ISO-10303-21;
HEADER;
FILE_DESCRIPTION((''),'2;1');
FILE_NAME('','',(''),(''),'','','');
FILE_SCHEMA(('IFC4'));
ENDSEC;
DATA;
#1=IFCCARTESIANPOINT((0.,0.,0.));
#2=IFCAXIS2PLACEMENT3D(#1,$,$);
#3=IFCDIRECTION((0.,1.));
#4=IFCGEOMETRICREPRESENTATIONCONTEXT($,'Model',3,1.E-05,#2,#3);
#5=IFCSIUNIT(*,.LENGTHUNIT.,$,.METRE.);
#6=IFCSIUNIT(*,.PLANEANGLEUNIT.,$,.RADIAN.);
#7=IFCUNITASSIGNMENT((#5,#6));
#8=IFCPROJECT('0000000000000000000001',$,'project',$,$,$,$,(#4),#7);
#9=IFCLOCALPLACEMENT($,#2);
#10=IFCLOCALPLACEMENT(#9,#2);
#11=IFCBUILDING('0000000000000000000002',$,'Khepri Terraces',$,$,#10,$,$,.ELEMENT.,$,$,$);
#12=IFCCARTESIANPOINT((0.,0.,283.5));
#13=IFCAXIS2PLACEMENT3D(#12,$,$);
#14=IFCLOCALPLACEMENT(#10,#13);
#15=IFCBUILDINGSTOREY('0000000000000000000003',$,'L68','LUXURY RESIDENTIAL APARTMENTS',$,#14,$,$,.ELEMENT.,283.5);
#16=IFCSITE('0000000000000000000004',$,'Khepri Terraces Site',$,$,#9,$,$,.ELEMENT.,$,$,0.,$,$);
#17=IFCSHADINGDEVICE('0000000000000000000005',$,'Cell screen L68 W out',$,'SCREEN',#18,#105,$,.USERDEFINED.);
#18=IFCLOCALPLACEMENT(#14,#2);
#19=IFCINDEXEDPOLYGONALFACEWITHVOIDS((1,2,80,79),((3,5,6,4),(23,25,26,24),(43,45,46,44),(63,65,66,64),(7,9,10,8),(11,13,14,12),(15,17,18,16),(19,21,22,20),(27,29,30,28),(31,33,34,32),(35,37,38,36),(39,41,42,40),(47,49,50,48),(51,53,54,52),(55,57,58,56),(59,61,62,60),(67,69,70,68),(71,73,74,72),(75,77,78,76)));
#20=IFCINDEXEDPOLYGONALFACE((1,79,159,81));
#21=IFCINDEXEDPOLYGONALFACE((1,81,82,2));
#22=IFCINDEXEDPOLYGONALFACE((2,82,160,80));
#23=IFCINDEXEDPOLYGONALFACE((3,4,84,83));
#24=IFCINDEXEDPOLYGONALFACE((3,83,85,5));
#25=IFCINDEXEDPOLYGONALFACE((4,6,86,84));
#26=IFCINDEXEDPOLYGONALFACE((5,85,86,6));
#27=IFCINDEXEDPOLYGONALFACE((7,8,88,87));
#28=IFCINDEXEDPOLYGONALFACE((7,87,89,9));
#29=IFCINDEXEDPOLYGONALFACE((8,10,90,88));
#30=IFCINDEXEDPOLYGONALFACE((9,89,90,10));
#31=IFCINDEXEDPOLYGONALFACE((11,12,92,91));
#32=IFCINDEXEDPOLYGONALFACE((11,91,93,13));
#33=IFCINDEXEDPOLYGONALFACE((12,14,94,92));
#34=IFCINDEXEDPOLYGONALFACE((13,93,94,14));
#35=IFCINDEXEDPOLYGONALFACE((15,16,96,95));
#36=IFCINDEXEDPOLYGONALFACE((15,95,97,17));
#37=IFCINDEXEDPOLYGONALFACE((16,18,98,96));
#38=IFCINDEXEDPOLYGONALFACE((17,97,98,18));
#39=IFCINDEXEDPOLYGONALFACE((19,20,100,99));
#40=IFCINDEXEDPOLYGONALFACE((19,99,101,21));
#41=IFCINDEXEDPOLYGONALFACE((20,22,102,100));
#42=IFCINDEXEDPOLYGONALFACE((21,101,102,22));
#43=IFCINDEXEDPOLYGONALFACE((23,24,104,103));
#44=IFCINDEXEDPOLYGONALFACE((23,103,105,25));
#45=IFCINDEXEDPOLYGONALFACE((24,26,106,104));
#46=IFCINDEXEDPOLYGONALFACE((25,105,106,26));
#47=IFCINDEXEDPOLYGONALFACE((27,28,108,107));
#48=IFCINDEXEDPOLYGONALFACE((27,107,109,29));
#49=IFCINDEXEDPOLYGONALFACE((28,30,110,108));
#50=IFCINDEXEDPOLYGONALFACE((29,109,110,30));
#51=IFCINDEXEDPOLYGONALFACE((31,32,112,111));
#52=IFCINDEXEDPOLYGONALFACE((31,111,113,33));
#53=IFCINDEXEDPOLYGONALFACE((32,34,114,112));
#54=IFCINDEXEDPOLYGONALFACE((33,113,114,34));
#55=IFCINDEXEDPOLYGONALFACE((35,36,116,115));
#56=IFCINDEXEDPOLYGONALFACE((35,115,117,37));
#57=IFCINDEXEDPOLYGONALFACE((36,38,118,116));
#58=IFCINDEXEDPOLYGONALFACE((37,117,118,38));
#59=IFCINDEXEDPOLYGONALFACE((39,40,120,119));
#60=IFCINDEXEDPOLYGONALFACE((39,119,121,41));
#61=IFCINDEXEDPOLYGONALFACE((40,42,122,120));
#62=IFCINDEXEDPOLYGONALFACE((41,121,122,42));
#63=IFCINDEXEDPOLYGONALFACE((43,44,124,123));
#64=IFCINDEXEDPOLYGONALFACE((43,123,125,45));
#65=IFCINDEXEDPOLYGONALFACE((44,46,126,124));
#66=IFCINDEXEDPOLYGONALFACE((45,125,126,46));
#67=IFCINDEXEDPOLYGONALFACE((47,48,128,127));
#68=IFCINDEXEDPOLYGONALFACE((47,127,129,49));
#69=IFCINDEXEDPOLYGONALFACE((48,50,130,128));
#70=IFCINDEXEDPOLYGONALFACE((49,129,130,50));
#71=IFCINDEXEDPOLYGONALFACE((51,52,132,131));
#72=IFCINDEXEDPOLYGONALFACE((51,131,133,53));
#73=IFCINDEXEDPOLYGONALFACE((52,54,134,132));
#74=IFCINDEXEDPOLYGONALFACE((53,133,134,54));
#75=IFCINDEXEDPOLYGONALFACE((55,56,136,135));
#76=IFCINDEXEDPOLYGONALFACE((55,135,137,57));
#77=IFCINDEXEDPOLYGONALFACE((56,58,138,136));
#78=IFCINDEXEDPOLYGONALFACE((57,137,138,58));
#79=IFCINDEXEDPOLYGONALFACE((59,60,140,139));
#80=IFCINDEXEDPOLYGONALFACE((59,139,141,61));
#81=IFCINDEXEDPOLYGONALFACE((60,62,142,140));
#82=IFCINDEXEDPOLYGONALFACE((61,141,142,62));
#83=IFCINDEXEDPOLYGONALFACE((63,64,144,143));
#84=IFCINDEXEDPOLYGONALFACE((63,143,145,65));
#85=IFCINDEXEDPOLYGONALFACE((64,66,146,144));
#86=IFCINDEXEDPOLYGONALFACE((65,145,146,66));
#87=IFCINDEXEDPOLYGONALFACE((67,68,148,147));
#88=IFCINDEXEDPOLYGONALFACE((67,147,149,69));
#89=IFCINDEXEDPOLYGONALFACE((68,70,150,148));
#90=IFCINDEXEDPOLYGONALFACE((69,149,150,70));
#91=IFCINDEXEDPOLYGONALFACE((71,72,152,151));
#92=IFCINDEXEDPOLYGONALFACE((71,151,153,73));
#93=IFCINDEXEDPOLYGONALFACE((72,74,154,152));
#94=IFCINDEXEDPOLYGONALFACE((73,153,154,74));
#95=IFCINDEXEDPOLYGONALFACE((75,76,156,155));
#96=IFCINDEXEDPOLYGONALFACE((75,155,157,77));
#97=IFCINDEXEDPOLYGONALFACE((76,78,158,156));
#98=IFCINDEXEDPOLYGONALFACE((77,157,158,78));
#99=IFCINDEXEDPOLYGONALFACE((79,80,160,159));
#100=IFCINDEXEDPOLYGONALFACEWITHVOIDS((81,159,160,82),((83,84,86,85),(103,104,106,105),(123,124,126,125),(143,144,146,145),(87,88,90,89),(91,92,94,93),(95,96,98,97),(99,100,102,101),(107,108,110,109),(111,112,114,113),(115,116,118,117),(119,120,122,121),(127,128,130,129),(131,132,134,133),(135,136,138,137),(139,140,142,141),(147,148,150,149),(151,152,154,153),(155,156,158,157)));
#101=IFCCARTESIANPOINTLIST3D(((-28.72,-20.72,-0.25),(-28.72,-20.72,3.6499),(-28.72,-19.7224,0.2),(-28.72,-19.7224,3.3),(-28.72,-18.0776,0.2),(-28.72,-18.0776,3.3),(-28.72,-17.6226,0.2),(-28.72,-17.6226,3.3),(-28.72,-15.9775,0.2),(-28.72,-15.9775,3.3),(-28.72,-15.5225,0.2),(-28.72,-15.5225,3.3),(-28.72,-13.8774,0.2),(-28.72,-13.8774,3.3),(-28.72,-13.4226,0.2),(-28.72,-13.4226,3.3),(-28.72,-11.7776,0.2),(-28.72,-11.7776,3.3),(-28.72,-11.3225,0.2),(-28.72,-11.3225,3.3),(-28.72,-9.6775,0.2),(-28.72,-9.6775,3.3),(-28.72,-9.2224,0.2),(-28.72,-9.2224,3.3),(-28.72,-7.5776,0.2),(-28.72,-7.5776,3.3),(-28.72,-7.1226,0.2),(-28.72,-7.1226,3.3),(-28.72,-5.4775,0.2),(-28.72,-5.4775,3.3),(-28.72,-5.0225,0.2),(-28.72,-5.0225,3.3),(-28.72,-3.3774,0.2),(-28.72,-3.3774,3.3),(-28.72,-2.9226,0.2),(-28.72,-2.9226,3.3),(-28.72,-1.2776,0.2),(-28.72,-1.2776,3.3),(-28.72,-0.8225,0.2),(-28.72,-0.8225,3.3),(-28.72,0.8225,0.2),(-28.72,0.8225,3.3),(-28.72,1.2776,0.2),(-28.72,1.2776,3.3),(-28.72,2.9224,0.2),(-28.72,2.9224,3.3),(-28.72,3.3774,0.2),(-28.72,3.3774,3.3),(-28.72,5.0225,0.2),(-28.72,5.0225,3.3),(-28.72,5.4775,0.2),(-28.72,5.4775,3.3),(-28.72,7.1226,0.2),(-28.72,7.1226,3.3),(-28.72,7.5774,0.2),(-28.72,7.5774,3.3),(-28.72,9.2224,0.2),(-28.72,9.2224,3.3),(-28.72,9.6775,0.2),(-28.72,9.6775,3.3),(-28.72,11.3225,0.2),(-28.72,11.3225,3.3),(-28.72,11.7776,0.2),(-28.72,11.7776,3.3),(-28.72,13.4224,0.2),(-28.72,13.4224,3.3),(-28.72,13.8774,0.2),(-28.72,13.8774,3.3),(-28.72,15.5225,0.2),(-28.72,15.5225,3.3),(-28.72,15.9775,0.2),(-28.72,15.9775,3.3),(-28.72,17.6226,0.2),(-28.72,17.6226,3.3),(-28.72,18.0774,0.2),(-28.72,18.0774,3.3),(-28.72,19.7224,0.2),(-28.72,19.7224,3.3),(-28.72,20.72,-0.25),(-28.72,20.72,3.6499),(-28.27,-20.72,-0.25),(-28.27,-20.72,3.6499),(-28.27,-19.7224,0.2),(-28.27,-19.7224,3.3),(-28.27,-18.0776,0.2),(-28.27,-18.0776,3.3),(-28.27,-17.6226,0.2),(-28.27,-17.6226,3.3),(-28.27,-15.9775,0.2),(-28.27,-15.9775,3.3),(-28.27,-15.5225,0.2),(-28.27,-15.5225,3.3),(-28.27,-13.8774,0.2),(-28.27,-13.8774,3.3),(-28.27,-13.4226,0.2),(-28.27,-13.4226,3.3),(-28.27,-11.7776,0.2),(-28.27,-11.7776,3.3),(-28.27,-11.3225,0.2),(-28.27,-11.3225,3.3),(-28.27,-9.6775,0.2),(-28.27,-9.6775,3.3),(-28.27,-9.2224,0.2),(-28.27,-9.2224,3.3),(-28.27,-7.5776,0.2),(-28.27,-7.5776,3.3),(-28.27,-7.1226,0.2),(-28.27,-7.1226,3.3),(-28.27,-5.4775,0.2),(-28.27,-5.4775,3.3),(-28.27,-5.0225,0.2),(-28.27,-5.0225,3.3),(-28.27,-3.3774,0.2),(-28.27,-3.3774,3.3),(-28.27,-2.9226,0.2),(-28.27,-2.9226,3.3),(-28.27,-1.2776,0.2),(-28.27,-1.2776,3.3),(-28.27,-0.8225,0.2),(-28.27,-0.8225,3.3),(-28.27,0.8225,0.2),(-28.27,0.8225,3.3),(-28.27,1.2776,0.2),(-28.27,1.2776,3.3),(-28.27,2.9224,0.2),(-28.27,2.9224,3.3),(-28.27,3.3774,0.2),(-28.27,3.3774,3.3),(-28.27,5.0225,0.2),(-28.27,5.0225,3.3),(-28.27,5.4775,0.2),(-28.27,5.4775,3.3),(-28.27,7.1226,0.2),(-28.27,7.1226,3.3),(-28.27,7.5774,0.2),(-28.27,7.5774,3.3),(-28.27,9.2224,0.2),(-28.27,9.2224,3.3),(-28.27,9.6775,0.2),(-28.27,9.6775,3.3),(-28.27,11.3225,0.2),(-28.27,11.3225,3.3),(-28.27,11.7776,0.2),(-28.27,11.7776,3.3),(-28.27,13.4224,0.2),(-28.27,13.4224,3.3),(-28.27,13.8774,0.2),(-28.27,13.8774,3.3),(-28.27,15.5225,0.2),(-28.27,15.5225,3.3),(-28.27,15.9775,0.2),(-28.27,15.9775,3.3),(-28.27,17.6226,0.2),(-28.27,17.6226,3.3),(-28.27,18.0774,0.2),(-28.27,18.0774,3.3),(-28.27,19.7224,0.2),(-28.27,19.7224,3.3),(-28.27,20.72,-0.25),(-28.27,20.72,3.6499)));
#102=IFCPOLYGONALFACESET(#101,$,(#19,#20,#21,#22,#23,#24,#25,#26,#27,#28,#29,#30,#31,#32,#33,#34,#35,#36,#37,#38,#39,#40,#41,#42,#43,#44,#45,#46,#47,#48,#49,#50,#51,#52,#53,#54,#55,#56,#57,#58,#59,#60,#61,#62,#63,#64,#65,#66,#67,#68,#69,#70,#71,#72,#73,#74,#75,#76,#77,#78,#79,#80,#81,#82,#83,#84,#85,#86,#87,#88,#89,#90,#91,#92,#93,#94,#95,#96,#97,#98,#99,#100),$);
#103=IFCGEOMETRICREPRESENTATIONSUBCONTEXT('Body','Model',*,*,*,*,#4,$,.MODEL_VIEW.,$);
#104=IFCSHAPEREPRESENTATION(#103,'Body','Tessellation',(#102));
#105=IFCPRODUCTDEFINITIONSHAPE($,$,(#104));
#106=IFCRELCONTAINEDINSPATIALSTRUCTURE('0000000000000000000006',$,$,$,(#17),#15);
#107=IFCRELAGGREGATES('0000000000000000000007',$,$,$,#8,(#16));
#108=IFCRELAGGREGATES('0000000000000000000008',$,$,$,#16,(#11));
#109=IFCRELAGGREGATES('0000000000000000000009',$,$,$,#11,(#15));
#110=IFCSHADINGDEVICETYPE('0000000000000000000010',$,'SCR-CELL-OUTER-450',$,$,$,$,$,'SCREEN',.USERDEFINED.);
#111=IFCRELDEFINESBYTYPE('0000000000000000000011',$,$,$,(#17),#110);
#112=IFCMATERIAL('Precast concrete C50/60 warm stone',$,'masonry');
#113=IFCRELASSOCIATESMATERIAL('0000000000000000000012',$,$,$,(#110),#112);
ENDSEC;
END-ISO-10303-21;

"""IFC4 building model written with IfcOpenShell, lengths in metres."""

from ifc_helpers import new_model, si_unit, direction, frame, origin, place, context, subcontext, project, spatial, polyline, outline, extrude, material, type_object, element, save


model = new_model("IFC4")

# Units and contexts
model_context = context("Model", 3, precision=1e-05, world=origin(), true_north=direction((0.0, 1.0)))
body_context = subcontext(model_context, "Body", "Model", "MODEL_VIEW")
ifc_project = project(units=[si_unit("LENGTHUNIT", "METRE"), si_unit("PLANEANGLEUNIT", "RADIAN")], contexts=[model_context])

# Site, building, storey
site_placement = place(None, origin())
site = spatial("IfcSite", under=ifc_project, at=site_placement, Name="Khepri Terraces Site", CompositionType="ELEMENT", RefElevation=0.0)
building_placement = place(site_placement, origin())
building = spatial("IfcBuilding", under=site, at=building_placement, Name="Khepri Terraces", CompositionType="ELEMENT")
storey_placement = place(building_placement, frame((0.0, 0.0, 283.5)))
storey = spatial("IfcBuildingStorey", under=building, at=storey_placement, Name="L68", Description="LUXURY RESIDENTIAL APARTMENTS", CompositionType="ELEMENT", Elevation=283.5)

# Shared definitions
ifc_material_1 = material(Name="Precast concrete C50/60 warm stone", Category="masonry")

# Shading device
shading_device_type_1 = type_object("IfcShadingDeviceType", Name="SCR-CELL-OUTER-450", ElementType="SCREEN", PredefinedType="USERDEFINED", material=ifc_material_1)
shading_device_1_placement = place(storey_placement, frame((-28.27, 20.72, -0.25), z_axis=(-1.0, 0.0, 0.0), x_axis=(0.0, -1.0, 0.0)))
element("IfcShadingDevice", 1, at=shading_device_1_placement, inside=storey, type_object=shading_device_type_1, Name="Cell screen L68 W out", ObjectType="SCREEN", PredefinedType="USERDEFINED", context=body_context, shape_type="SweptSolid", body=[
    extrude(outline(polyline([(0.0, 0.0), (41.4399, 0.0), (41.4399, 3.8999), (0.0, 3.8999), (0.0, 0.0)]), holes=[polyline([(0.9976, 0.45), (2.6426, 0.45), (2.6426, 3.55), (0.9976, 3.55), (0.9976, 0.45)]), polyline([(3.0974, 0.45), (4.7424, 0.45), (4.7424, 3.55), (3.0974, 3.55), (3.0974, 0.45)]), polyline([(5.1975, 0.45), (6.8425, 0.45), (6.8425, 3.55), (5.1975, 3.55), (5.1975, 0.45)]), polyline([(7.2976, 0.45), (8.9424, 0.45), (8.9424, 3.55), (7.2976, 3.55), (7.2976, 0.45)]), polyline([(9.3975, 0.45), (11.0425, 0.45), (11.0425, 3.55), (9.3975, 3.55), (9.3975, 0.45)]), polyline([(11.4976, 0.45), (13.1426, 0.45), (13.1426, 3.55), (11.4976, 3.55), (11.4976, 0.45)]), polyline([(13.5974, 0.45), (15.2424, 0.45), (15.2424, 3.55), (13.5974, 3.55), (13.5974, 0.45)]), polyline([(15.6975, 0.45), (17.3425, 0.45), (17.3425, 3.55), (15.6975, 3.55), (15.6975, 0.45)]), polyline([(17.7976, 0.45), (19.4424, 0.45), (19.4424, 3.55), (17.7976, 3.55), (17.7976, 0.45)]), polyline([(19.8975, 0.45), (21.5425, 0.45), (21.5425, 3.55), (19.8975, 3.55), (19.8975, 0.45)]), polyline([(21.9976, 0.45), (23.6426, 0.45), (23.6426, 3.55), (21.9976, 3.55), (21.9976, 0.45)]), polyline([(24.0974, 0.45), (25.7424, 0.45), (25.7424, 3.55), (24.0974, 3.55), (24.0974, 0.45)]), polyline([(26.1975, 0.45), (27.8425, 0.45), (27.8425, 3.55), (26.1975, 3.55), (26.1975, 0.45)]), polyline([(28.2976, 0.45), (29.9424, 0.45), (29.9424, 3.55), (28.2976, 3.55), (28.2976, 0.45)]), polyline([(30.3975, 0.45), (32.0425, 0.45), (32.0425, 3.55), (30.3975, 3.55), (30.3975, 0.45)]), polyline([(32.4976, 0.45), (34.1426, 0.45), (34.1426, 3.55), (32.4976, 3.55), (32.4976, 0.45)]), polyline([(34.5974, 0.45), (36.2424, 0.45), (36.2424, 3.55), (34.5974, 3.55), (34.5974, 0.45)]), polyline([(36.6975, 0.45), (38.3425, 0.45), (38.3425, 3.55), (36.6975, 3.55), (36.6975, 0.45)]), polyline([(38.7976, 0.45), (40.4424, 0.45), (40.4424, 3.55), (38.7976, 3.55), (38.7976, 0.45)])]), origin(), (0.0, 0.0, 1.0), 0.45),
])

save(model, "model.ifc")
